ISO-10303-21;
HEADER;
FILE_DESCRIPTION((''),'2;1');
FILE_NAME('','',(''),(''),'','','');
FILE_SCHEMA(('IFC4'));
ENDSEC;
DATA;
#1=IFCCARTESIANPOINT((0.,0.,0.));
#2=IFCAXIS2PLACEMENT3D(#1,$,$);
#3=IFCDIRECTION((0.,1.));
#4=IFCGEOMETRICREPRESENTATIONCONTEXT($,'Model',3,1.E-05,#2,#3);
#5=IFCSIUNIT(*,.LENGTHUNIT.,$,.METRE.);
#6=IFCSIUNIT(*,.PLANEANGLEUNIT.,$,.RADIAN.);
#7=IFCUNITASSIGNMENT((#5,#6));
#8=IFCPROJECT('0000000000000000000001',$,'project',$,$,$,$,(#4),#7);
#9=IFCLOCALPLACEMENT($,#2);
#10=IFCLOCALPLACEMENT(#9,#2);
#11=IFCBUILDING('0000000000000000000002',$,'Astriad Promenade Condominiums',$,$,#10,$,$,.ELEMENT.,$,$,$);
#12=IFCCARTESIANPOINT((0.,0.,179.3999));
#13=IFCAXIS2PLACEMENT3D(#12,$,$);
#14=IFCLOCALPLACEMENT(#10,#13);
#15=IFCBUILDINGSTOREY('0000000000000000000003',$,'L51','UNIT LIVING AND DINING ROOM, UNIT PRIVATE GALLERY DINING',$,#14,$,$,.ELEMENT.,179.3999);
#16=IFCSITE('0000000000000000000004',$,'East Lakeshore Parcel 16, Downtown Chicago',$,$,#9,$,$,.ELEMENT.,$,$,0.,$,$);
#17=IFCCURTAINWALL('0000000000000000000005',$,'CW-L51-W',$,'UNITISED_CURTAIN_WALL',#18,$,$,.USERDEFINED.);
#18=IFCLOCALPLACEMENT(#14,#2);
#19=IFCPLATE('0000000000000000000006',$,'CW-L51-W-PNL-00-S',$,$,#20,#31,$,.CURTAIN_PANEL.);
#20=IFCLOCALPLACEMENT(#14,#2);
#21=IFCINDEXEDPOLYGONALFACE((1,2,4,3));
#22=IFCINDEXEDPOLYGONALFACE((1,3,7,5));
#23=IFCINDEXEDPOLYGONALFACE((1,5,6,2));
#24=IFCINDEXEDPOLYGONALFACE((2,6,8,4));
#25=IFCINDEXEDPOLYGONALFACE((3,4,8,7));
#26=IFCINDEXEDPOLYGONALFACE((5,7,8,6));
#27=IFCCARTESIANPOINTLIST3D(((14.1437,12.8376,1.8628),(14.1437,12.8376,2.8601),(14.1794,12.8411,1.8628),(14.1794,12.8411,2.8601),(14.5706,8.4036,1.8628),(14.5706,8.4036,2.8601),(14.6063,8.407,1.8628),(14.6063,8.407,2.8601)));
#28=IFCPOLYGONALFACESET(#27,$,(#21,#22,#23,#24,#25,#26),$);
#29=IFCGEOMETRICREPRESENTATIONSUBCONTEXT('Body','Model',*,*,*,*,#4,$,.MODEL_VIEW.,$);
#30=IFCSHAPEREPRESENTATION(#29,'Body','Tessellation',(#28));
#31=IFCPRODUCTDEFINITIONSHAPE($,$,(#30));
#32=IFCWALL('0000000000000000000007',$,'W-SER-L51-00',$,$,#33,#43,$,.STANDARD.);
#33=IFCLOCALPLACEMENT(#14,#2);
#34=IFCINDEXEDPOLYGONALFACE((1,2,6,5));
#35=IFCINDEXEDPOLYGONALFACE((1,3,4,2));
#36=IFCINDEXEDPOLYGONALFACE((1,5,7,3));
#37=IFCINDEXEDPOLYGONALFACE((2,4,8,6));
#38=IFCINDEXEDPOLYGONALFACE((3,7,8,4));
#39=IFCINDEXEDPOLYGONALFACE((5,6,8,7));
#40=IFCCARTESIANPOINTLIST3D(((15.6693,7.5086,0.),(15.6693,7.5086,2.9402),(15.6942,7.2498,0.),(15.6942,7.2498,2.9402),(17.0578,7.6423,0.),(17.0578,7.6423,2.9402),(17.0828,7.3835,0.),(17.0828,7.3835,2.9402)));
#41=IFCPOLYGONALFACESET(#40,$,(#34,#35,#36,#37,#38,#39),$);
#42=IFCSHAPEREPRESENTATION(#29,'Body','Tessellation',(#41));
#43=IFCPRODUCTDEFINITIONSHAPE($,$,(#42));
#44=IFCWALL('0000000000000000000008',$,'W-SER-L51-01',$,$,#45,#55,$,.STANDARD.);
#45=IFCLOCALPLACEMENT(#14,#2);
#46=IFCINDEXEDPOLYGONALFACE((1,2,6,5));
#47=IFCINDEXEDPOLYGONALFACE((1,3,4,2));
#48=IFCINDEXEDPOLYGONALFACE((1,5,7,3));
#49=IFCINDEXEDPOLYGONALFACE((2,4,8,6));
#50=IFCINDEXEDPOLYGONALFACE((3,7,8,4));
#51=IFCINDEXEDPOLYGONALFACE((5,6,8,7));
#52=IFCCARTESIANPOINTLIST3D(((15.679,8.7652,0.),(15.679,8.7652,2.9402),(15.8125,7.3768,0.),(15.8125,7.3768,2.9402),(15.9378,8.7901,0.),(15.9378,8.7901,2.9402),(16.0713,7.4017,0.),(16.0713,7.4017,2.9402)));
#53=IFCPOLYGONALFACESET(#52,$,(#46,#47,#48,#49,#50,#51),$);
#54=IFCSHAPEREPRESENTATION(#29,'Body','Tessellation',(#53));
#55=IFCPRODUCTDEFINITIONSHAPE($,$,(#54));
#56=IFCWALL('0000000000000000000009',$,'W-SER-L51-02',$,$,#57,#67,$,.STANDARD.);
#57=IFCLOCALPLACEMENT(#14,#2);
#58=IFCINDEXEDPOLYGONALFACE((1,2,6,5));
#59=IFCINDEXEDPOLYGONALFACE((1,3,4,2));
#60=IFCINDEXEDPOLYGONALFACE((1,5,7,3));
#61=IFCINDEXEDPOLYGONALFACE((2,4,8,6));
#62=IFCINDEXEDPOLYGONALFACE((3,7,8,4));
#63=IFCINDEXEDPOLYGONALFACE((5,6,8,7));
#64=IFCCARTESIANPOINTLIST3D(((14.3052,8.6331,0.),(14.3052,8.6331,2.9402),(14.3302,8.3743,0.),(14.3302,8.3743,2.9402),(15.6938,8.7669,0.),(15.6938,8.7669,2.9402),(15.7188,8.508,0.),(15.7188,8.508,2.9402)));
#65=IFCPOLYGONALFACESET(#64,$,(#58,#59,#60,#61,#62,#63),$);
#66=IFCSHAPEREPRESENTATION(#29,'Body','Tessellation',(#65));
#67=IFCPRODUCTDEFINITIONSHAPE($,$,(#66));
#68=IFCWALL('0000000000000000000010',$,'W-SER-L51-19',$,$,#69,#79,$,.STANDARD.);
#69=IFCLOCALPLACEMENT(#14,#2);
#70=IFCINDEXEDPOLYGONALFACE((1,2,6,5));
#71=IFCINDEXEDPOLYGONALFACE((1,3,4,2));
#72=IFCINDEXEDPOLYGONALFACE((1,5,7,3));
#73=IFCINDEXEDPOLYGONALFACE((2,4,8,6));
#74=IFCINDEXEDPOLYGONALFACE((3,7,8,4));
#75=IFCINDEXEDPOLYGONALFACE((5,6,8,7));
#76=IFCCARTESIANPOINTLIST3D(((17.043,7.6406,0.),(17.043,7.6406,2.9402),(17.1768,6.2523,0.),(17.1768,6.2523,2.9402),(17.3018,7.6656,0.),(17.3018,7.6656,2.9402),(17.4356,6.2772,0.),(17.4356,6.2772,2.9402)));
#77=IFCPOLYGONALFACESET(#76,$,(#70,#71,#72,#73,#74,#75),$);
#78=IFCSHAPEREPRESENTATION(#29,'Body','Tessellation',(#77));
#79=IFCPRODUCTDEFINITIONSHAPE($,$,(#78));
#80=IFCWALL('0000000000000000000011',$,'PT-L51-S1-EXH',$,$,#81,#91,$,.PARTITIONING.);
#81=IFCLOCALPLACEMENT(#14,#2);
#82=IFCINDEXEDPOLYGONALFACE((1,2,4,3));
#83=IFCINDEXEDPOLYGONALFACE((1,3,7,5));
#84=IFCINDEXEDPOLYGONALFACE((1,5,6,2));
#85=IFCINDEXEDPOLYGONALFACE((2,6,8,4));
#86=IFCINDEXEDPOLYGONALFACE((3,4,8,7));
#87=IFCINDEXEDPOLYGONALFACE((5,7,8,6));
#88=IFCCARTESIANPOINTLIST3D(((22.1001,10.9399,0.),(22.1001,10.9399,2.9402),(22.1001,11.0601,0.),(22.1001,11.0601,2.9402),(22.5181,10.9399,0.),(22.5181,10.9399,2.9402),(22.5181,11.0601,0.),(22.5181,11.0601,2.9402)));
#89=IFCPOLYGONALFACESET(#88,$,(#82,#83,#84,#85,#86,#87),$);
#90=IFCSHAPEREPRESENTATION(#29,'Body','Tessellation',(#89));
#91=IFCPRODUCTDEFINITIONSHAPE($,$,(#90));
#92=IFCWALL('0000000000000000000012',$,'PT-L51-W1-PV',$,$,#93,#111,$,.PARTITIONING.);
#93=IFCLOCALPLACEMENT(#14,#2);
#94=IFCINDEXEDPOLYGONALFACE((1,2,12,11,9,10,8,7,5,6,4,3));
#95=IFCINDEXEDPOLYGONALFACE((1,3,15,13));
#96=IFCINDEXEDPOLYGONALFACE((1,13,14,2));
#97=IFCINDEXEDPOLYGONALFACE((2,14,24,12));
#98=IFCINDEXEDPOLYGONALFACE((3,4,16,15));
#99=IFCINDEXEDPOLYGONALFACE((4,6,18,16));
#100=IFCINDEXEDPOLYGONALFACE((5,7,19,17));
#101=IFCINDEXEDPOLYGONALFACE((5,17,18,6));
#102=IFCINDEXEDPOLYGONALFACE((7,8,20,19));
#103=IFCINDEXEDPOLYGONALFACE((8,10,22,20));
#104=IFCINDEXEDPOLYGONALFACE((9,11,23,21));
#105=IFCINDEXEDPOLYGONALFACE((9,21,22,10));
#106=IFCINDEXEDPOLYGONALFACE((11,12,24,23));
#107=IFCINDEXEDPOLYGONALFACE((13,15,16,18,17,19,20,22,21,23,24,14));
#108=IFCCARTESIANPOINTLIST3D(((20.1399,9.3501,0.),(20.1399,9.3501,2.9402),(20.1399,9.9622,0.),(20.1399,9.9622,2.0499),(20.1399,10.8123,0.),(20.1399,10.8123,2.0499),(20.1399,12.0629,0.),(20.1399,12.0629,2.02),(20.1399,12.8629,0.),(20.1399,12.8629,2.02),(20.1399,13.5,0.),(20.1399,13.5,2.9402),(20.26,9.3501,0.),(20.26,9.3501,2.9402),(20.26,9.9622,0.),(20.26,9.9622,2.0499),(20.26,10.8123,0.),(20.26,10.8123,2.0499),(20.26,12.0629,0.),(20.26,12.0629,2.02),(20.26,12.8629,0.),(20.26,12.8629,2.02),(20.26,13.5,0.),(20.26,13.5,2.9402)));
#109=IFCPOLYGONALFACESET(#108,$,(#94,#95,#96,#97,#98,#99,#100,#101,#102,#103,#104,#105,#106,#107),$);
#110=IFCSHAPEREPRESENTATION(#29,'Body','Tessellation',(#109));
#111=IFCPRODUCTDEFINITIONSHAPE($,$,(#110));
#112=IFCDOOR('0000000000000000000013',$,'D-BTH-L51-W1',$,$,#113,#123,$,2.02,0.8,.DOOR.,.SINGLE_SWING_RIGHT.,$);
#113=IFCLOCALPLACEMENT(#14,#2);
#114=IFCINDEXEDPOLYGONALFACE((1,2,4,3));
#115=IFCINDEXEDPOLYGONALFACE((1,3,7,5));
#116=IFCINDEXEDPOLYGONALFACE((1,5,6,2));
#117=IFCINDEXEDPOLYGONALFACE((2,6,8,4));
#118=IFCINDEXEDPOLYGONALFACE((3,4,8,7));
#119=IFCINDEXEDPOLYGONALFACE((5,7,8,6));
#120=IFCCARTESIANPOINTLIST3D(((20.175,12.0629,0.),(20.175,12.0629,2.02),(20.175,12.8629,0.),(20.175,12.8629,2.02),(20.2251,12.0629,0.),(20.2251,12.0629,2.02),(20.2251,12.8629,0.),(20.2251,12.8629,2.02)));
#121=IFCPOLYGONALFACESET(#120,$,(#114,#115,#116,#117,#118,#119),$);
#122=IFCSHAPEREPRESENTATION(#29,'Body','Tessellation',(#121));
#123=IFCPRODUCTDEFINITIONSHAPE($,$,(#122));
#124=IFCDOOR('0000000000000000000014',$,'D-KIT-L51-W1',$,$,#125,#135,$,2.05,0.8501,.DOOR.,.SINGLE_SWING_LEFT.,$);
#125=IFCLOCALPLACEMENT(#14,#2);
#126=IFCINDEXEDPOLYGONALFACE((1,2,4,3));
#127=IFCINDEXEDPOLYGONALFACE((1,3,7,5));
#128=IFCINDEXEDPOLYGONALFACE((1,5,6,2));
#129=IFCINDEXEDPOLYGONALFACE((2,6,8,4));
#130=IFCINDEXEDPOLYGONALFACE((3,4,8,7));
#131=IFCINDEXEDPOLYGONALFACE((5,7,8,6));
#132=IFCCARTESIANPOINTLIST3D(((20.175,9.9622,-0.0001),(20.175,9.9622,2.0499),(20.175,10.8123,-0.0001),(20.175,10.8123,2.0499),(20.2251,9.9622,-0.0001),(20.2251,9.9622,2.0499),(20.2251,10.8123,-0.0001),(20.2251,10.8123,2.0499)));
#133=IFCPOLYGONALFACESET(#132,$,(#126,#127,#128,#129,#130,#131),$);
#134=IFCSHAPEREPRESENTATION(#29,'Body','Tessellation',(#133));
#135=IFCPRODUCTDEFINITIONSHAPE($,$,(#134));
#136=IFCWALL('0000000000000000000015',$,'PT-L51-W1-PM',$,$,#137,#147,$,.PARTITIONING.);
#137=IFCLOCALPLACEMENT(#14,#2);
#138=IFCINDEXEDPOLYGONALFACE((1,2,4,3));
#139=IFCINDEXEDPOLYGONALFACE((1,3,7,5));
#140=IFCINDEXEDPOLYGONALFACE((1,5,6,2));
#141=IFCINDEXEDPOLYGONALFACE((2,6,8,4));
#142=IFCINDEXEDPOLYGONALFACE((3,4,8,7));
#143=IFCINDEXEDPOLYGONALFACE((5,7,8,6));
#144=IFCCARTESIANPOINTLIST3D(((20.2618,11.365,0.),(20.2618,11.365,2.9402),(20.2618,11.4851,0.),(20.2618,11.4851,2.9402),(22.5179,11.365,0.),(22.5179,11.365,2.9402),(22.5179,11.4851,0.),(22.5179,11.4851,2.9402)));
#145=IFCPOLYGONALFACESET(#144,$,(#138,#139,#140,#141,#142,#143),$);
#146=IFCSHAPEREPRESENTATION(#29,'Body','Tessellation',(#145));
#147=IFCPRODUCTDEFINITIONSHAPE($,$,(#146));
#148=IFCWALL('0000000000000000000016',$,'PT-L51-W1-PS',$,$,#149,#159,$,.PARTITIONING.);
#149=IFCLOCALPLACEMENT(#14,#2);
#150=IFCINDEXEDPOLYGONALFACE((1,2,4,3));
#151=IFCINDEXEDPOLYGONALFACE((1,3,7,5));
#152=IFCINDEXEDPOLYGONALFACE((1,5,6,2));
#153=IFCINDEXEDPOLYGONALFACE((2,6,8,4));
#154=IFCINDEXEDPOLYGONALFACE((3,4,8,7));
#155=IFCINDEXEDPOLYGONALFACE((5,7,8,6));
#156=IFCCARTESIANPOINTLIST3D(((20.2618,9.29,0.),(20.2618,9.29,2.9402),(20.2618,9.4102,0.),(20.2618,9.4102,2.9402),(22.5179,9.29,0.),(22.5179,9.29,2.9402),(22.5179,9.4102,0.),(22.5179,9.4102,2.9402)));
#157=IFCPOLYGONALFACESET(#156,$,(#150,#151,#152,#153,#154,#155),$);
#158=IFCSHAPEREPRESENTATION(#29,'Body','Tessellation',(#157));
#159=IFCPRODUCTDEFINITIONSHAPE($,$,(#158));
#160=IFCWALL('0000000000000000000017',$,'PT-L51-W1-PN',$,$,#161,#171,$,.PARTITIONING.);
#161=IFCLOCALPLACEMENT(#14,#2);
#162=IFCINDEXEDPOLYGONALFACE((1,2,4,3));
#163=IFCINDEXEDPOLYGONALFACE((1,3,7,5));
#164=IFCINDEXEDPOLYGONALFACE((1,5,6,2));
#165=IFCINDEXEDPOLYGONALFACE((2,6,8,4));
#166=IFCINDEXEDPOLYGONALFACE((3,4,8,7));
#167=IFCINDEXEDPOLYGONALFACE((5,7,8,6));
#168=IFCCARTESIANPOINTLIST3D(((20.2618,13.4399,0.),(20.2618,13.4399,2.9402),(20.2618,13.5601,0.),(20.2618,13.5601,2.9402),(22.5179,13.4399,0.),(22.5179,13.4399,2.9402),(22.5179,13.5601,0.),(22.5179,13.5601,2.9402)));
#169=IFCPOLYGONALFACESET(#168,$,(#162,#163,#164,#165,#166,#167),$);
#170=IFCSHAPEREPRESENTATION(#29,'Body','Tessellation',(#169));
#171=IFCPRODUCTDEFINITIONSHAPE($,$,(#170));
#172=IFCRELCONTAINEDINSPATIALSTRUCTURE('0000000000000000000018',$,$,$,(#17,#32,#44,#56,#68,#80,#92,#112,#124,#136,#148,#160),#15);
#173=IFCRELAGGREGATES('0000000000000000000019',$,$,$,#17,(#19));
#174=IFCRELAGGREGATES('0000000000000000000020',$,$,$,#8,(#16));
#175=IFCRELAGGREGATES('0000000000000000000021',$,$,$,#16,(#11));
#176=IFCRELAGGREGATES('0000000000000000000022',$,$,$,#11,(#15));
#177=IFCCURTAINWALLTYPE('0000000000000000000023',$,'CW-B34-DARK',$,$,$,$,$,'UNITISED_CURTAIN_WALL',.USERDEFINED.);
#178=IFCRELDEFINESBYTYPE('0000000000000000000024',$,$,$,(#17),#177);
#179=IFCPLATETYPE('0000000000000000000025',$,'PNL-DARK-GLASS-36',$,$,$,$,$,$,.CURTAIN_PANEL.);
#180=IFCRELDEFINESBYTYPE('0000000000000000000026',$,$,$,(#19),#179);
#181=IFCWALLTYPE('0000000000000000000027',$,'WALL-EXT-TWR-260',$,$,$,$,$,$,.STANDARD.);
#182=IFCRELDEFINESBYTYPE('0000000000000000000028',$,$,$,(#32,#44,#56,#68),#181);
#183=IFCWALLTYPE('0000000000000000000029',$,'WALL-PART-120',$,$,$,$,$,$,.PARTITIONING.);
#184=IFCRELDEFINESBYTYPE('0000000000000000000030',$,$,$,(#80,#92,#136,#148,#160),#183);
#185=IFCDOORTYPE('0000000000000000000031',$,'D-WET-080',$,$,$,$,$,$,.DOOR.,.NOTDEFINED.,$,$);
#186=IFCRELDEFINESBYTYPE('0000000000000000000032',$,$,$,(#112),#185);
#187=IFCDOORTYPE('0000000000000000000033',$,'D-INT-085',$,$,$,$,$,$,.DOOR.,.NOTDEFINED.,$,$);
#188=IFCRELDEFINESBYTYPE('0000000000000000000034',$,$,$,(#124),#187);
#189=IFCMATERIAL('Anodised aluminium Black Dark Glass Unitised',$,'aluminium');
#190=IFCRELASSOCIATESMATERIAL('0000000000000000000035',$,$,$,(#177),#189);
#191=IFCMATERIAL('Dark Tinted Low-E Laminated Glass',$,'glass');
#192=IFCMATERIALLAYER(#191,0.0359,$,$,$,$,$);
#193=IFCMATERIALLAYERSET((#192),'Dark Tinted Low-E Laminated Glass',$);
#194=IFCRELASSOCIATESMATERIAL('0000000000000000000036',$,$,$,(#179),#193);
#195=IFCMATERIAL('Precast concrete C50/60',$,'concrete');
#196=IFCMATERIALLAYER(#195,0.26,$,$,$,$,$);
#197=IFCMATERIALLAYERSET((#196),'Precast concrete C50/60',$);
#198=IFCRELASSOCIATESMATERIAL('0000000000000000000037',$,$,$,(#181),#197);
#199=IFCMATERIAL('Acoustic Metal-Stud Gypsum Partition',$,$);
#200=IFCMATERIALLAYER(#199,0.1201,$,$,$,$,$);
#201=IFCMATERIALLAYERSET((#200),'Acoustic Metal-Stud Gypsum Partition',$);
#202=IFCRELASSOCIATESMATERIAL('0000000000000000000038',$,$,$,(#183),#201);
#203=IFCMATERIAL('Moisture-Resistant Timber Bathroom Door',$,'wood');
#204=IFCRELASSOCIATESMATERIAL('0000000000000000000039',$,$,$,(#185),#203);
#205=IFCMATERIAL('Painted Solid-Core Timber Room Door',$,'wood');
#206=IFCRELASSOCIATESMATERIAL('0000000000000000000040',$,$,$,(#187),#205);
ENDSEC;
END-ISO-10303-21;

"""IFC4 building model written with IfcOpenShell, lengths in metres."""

from ifc_helpers import new_model, si_unit, direction, frame, frame_2d, origin, origin_2d, place, context, subcontext, project, spatial, rectangle, extrude, source, transform, mapped, material, layer, layer_set, type_object, type_shapes, element, fill, aggregate, save


model = new_model("IFC4")

# Units and contexts
model_context = context("Model", 3, precision=1e-05, world=origin(), true_north=direction((0.0, 1.0)))
body_context = subcontext(model_context, "Body", "Model", "MODEL_VIEW")
ifc_project = project(units=[si_unit("LENGTHUNIT", "METRE"), si_unit("PLANEANGLEUNIT", "RADIAN")], contexts=[model_context])

# Site, building, storey
site_placement = place(None, origin())
site = spatial("IfcSite", under=ifc_project, at=site_placement, Name="East Lakeshore Parcel 16, Downtown Chicago", CompositionType="ELEMENT", RefElevation=0.0)
building_placement = place(site_placement, origin())
building = spatial("IfcBuilding", under=site, at=building_placement, Name="Astriad Promenade Condominiums", CompositionType="ELEMENT")
storey_placement = place(building_placement, frame((0.0, 0.0, 179.3999)))
storey = spatial("IfcBuildingStorey", under=building, at=storey_placement, Name="L51", Description="UNIT LIVING AND DINING ROOM, UNIT PRIVATE GALLERY DINING", CompositionType="ELEMENT", Elevation=179.3999)

# Curtain wall
ifc_material_1 = material(Name="Anodised aluminium Black Dark Glass Unitised", Category="aluminium")
curtain_wall_type = type_object("IfcCurtainWallType", Name="CW-B34-DARK", ElementType="UNITISED_CURTAIN_WALL", PredefinedType="USERDEFINED", material=ifc_material_1)
curtain_wall_placement = place(storey_placement, origin())
curtain_wall = element("IfcCurtainWall", 1, at=curtain_wall_placement, inside=storey, type_object=curtain_wall_type, Name="CW-L51-W", ObjectType="UNITISED_CURTAIN_WALL", PredefinedType="USERDEFINED")

# Shared definitions
ifc_material_2 = material(Name="Precast concrete C50/60", Category="concrete")

# Plate
ifc_material_3 = material(Name="Dark Tinted Low-E Laminated Glass", Category="glass")
ifc_layer_1 = layer(ifc_material_3, 0.0359)
ifc_layer_set_1 = layer_set([ifc_layer_1], Name="Dark Tinted Low-E Laminated Glass")
plate_type = type_object("IfcPlateType", Name="PNL-DARK-GLASS-36", PredefinedType="CURTAIN_PANEL", material=ifc_layer_set_1)
shared_shape_1 = source(origin(), body_context, "Body", "SweptSolid", [
    extrude(rectangle(XDim=4.4546, YDim=0.0359, at=origin_2d()), origin(), (0.0, 0.0, 1.0), 0.9973),
])
plate_1_placement = place(storey_placement, frame((14.375, 10.6223, 1.8628), z_axis=(0.0, 0.0, 1.0), x_axis=(-0.095846, 0.995396, 0.0)))
plate_1 = element("IfcPlate", 2, at=plate_1_placement, type_object=plate_type, Name="CW-L51-W-PNL-00-S", PredefinedType="CURTAIN_PANEL", context=body_context, shape_type="MappedRepresentation", body=[
    mapped(shared_shape_1, transform((0.0, 0.0, 0.0), scale=1.0)),
])
aggregate(curtain_wall, [plate_1])

# Walls
ifc_layer_2 = layer(ifc_material_2, 0.26)
ifc_layer_set_2 = layer_set([ifc_layer_2], Name="Precast concrete C50/60")
wall_type_1 = type_object("IfcWallType", Name="WALL-EXT-TWR-260", PredefinedType="STANDARD", material=ifc_layer_set_2)
wall_1_placement = place(storey_placement, frame((17.0703, 7.5129, 0.0), z_axis=(0.0, 0.0, 1.0), x_axis=(-0.995391, -0.095899, 0.0)))
element("IfcWall", 3, at=wall_1_placement, inside=storey, type_object=wall_type_1, Name="W-SER-L51-00", PredefinedType="STANDARD", context=body_context, shape_type="SweptSolid", body=[
    extrude(rectangle(XDim=1.395, YDim=0.26, at=frame_2d((0.6975, 0.0))), origin(), (0.0, 0.0, 1.0), 2.9402),
])
wall_2_placement = place(storey_placement, frame((15.9419, 7.3894, 0.0), z_axis=(0.0, 0.0, 1.0), x_axis=(-0.095742, 0.995406, 0.0)))
element("IfcWall", 4, at=wall_2_placement, inside=storey, type_object=wall_type_1, Name="W-SER-L51-01", PredefinedType="STANDARD", context=body_context, shape_type="SweptSolid", body=[
    extrude(rectangle(XDim=1.3948, YDim=0.26, at=frame_2d((0.6973, 0.0))), origin(), (0.0, 0.0, 1.0), 2.9402),
])
wall_3_placement = place(storey_placement, frame((15.7063, 8.6375, 0.0), z_axis=(0.0, 0.0, 1.0), x_axis=(-0.995391, -0.095899, 0.0)))
element("IfcWall", 5, at=wall_3_placement, inside=storey, type_object=wall_type_1, Name="W-SER-L51-02", PredefinedType="STANDARD", context=body_context, shape_type="SweptSolid", body=[
    extrude(rectangle(XDim=1.395, YDim=0.26, at=frame_2d((0.6975, 0.0))), origin(), (0.0, 0.0, 1.0), 2.9402),
])
wall_4_placement = place(storey_placement, frame((17.3062, 6.2649, 0.0), z_axis=(0.0, 0.0, 1.0), x_axis=(-0.095916, 0.995389, 0.0)))
element("IfcWall", 6, at=wall_4_placement, inside=storey, type_object=wall_type_1, Name="W-SER-L51-19", PredefinedType="STANDARD", context=body_context, shape_type="SweptSolid", body=[
    extrude(rectangle(XDim=1.3948, YDim=0.26, at=frame_2d((0.6973, 0.0))), origin(), (0.0, 0.0, 1.0), 2.9402),
])
ifc_material_4 = material(Name="Acoustic Metal-Stud Gypsum Partition")
ifc_layer_3 = layer(ifc_material_4, 0.1201)
ifc_layer_set_3 = layer_set([ifc_layer_3], Name="Acoustic Metal-Stud Gypsum Partition")
wall_type_2 = type_object("IfcWallType", Name="WALL-PART-120", PredefinedType="PARTITIONING", material=ifc_layer_set_3)
wall_5_placement = place(storey_placement, frame((22.1001, 11.0, 0.0), z_axis=(0.0, 0.0, 1.0), x_axis=(1.0, 0.0, 0.0)))
element("IfcWall", 7, at=wall_5_placement, inside=storey, type_object=wall_type_2, Name="PT-L51-S1-EXH", PredefinedType="PARTITIONING", context=body_context, shape_type="SweptSolid", body=[
    extrude(rectangle(XDim=0.418, YDim=0.1201, at=frame_2d((0.209, 0.0))), origin(), (0.0, 0.0, 1.0), 2.9402),
])

# Wall, openings, doors
wall_6_placement = place(storey_placement, frame((20.2, 9.3501, 0.0), z_axis=(0.0, 0.0, 1.0), x_axis=(0.0, 1.0, 0.0)))
wall_6 = element("IfcWall", 8, at=wall_6_placement, inside=storey, type_object=wall_type_2, Name="PT-L51-W1-PV", PredefinedType="PARTITIONING", context=body_context, shape_type="SweptSolid", body=[
    extrude(rectangle(XDim=4.1499, YDim=0.1201, at=frame_2d((2.075, 0.0))), origin(), (0.0, 0.0, 1.0), 2.9402),
])
opening_1_placement = place(wall_6_placement, frame((0.6121, 0.0, 0.0)))
opening_1 = element("IfcOpeningElement", 9, at=opening_1_placement, cuts=wall_6, PredefinedType="OPENING", context=body_context, shape_type="SweptSolid", body=[
    extrude(rectangle(XDim=0.8501, YDim=2.05, at=frame_2d((0.425, 1.0249))), frame((0.0, 0.0701, 0.0), z_axis=(0.0, -1.0, 0.0), x_axis=(1.0, 0.0, 0.0)), (0.0, 0.0, 1.0), 0.1401),
])
opening_2_placement = place(wall_6_placement, frame((2.7129, 0.0, 0.0)))
opening_2 = element("IfcOpeningElement", 10, at=opening_2_placement, cuts=wall_6, PredefinedType="OPENING", context=body_context, shape_type="SweptSolid", body=[
    extrude(rectangle(XDim=0.8, YDim=2.02, at=frame_2d((0.3999, 1.01))), frame((0.0, 0.0701, 0.0), z_axis=(0.0, -1.0, 0.0), x_axis=(1.0, 0.0, 0.0)), (0.0, 0.0, 1.0), 0.1401),
])
ifc_material_5 = material(Name="Moisture-Resistant Timber Bathroom Door", Category="wood")
door_type_1 = type_object("IfcDoorType", Name="D-WET-080", OperationType="NOTDEFINED", PredefinedType="DOOR", material=ifc_material_5)
shared_shape_2 = source(origin(), body_context, "Body", "SweptSolid", [
    extrude(rectangle(XDim=0.8, YDim=2.02, at=frame_2d((0.3999, 1.01))), frame((0.0, 0.0249, 0.0), z_axis=(0.0, -1.0, 0.0), x_axis=(1.0, 0.0, 0.0)), (0.0, 0.0, 1.0), 0.05),
])
type_shapes(door_type_1, [shared_shape_2])
door_1_placement = place(opening_2_placement, origin())
door_1 = element("IfcDoor", 11, at=door_1_placement, inside=storey, type_object=door_type_1, Name="D-BTH-L51-W1", OperationType="SINGLE_SWING_RIGHT", OverallHeight=2.02, OverallWidth=0.8, PredefinedType="DOOR", context=body_context, shape_type="MappedRepresentation", body=[
    mapped(shared_shape_2, transform((0.0, 0.0, 0.0), scale=1.0)),
])
fill(opening_2, door_1)
ifc_material_6 = material(Name="Painted Solid-Core Timber Room Door", Category="wood")
door_type_2 = type_object("IfcDoorType", Name="D-INT-085", OperationType="NOTDEFINED", PredefinedType="DOOR", material=ifc_material_6)
shared_shape_3 = source(origin(), body_context, "Body", "SweptSolid", [
    extrude(rectangle(XDim=0.8501, YDim=2.05, at=frame_2d((0.425, 1.0249))), frame((0.0, 0.0249, 0.0), z_axis=(0.0, -1.0, 0.0), x_axis=(1.0, 0.0, 0.0)), (0.0, 0.0, 1.0), 0.05),
])
type_shapes(door_type_2, [shared_shape_3])
door_2_placement = place(opening_1_placement, origin())
door_2 = element("IfcDoor", 12, at=door_2_placement, inside=storey, type_object=door_type_2, Name="D-KIT-L51-W1", OperationType="SINGLE_SWING_LEFT", OverallHeight=2.05, OverallWidth=0.8501, PredefinedType="DOOR", context=body_context, shape_type="MappedRepresentation", body=[
    mapped(shared_shape_3, transform((0.0, 0.0, 0.0), scale=1.0)),
])
fill(opening_1, door_2)

# Walls
for number, where, z_axis, x_axis, name in (
    (13, (20.262, 11.425, 0.0), (0.0, 0.0, 1.0), (1.0, 0.0, 0.0), "PT-L51-W1-PM"),
    (14, (20.262, 9.3501, 0.0), (0.0, 0.0, 1.0), (1.0, 0.0, 0.0), "PT-L51-W1-PS"),
    (15, (20.262, 13.5, 0.0), (0.0, 0.0, 1.0), (1.0, 0.0, 0.0), "PT-L51-W1-PN"),
):
    element("IfcWall", number, at=place(storey_placement, frame(where, z_axis=z_axis, x_axis=x_axis)), inside=storey, type_object=wall_type_2, Name=name, PredefinedType="PARTITIONING", context=body_context, shape_type="SweptSolid", body=[
        extrude(rectangle(XDim=2.2561, YDim=0.1201, at=frame_2d((1.1279, 0.0))), origin(), (0.0, 0.0, 1.0), 2.9402),
    ])

save(model, "model.ifc")
